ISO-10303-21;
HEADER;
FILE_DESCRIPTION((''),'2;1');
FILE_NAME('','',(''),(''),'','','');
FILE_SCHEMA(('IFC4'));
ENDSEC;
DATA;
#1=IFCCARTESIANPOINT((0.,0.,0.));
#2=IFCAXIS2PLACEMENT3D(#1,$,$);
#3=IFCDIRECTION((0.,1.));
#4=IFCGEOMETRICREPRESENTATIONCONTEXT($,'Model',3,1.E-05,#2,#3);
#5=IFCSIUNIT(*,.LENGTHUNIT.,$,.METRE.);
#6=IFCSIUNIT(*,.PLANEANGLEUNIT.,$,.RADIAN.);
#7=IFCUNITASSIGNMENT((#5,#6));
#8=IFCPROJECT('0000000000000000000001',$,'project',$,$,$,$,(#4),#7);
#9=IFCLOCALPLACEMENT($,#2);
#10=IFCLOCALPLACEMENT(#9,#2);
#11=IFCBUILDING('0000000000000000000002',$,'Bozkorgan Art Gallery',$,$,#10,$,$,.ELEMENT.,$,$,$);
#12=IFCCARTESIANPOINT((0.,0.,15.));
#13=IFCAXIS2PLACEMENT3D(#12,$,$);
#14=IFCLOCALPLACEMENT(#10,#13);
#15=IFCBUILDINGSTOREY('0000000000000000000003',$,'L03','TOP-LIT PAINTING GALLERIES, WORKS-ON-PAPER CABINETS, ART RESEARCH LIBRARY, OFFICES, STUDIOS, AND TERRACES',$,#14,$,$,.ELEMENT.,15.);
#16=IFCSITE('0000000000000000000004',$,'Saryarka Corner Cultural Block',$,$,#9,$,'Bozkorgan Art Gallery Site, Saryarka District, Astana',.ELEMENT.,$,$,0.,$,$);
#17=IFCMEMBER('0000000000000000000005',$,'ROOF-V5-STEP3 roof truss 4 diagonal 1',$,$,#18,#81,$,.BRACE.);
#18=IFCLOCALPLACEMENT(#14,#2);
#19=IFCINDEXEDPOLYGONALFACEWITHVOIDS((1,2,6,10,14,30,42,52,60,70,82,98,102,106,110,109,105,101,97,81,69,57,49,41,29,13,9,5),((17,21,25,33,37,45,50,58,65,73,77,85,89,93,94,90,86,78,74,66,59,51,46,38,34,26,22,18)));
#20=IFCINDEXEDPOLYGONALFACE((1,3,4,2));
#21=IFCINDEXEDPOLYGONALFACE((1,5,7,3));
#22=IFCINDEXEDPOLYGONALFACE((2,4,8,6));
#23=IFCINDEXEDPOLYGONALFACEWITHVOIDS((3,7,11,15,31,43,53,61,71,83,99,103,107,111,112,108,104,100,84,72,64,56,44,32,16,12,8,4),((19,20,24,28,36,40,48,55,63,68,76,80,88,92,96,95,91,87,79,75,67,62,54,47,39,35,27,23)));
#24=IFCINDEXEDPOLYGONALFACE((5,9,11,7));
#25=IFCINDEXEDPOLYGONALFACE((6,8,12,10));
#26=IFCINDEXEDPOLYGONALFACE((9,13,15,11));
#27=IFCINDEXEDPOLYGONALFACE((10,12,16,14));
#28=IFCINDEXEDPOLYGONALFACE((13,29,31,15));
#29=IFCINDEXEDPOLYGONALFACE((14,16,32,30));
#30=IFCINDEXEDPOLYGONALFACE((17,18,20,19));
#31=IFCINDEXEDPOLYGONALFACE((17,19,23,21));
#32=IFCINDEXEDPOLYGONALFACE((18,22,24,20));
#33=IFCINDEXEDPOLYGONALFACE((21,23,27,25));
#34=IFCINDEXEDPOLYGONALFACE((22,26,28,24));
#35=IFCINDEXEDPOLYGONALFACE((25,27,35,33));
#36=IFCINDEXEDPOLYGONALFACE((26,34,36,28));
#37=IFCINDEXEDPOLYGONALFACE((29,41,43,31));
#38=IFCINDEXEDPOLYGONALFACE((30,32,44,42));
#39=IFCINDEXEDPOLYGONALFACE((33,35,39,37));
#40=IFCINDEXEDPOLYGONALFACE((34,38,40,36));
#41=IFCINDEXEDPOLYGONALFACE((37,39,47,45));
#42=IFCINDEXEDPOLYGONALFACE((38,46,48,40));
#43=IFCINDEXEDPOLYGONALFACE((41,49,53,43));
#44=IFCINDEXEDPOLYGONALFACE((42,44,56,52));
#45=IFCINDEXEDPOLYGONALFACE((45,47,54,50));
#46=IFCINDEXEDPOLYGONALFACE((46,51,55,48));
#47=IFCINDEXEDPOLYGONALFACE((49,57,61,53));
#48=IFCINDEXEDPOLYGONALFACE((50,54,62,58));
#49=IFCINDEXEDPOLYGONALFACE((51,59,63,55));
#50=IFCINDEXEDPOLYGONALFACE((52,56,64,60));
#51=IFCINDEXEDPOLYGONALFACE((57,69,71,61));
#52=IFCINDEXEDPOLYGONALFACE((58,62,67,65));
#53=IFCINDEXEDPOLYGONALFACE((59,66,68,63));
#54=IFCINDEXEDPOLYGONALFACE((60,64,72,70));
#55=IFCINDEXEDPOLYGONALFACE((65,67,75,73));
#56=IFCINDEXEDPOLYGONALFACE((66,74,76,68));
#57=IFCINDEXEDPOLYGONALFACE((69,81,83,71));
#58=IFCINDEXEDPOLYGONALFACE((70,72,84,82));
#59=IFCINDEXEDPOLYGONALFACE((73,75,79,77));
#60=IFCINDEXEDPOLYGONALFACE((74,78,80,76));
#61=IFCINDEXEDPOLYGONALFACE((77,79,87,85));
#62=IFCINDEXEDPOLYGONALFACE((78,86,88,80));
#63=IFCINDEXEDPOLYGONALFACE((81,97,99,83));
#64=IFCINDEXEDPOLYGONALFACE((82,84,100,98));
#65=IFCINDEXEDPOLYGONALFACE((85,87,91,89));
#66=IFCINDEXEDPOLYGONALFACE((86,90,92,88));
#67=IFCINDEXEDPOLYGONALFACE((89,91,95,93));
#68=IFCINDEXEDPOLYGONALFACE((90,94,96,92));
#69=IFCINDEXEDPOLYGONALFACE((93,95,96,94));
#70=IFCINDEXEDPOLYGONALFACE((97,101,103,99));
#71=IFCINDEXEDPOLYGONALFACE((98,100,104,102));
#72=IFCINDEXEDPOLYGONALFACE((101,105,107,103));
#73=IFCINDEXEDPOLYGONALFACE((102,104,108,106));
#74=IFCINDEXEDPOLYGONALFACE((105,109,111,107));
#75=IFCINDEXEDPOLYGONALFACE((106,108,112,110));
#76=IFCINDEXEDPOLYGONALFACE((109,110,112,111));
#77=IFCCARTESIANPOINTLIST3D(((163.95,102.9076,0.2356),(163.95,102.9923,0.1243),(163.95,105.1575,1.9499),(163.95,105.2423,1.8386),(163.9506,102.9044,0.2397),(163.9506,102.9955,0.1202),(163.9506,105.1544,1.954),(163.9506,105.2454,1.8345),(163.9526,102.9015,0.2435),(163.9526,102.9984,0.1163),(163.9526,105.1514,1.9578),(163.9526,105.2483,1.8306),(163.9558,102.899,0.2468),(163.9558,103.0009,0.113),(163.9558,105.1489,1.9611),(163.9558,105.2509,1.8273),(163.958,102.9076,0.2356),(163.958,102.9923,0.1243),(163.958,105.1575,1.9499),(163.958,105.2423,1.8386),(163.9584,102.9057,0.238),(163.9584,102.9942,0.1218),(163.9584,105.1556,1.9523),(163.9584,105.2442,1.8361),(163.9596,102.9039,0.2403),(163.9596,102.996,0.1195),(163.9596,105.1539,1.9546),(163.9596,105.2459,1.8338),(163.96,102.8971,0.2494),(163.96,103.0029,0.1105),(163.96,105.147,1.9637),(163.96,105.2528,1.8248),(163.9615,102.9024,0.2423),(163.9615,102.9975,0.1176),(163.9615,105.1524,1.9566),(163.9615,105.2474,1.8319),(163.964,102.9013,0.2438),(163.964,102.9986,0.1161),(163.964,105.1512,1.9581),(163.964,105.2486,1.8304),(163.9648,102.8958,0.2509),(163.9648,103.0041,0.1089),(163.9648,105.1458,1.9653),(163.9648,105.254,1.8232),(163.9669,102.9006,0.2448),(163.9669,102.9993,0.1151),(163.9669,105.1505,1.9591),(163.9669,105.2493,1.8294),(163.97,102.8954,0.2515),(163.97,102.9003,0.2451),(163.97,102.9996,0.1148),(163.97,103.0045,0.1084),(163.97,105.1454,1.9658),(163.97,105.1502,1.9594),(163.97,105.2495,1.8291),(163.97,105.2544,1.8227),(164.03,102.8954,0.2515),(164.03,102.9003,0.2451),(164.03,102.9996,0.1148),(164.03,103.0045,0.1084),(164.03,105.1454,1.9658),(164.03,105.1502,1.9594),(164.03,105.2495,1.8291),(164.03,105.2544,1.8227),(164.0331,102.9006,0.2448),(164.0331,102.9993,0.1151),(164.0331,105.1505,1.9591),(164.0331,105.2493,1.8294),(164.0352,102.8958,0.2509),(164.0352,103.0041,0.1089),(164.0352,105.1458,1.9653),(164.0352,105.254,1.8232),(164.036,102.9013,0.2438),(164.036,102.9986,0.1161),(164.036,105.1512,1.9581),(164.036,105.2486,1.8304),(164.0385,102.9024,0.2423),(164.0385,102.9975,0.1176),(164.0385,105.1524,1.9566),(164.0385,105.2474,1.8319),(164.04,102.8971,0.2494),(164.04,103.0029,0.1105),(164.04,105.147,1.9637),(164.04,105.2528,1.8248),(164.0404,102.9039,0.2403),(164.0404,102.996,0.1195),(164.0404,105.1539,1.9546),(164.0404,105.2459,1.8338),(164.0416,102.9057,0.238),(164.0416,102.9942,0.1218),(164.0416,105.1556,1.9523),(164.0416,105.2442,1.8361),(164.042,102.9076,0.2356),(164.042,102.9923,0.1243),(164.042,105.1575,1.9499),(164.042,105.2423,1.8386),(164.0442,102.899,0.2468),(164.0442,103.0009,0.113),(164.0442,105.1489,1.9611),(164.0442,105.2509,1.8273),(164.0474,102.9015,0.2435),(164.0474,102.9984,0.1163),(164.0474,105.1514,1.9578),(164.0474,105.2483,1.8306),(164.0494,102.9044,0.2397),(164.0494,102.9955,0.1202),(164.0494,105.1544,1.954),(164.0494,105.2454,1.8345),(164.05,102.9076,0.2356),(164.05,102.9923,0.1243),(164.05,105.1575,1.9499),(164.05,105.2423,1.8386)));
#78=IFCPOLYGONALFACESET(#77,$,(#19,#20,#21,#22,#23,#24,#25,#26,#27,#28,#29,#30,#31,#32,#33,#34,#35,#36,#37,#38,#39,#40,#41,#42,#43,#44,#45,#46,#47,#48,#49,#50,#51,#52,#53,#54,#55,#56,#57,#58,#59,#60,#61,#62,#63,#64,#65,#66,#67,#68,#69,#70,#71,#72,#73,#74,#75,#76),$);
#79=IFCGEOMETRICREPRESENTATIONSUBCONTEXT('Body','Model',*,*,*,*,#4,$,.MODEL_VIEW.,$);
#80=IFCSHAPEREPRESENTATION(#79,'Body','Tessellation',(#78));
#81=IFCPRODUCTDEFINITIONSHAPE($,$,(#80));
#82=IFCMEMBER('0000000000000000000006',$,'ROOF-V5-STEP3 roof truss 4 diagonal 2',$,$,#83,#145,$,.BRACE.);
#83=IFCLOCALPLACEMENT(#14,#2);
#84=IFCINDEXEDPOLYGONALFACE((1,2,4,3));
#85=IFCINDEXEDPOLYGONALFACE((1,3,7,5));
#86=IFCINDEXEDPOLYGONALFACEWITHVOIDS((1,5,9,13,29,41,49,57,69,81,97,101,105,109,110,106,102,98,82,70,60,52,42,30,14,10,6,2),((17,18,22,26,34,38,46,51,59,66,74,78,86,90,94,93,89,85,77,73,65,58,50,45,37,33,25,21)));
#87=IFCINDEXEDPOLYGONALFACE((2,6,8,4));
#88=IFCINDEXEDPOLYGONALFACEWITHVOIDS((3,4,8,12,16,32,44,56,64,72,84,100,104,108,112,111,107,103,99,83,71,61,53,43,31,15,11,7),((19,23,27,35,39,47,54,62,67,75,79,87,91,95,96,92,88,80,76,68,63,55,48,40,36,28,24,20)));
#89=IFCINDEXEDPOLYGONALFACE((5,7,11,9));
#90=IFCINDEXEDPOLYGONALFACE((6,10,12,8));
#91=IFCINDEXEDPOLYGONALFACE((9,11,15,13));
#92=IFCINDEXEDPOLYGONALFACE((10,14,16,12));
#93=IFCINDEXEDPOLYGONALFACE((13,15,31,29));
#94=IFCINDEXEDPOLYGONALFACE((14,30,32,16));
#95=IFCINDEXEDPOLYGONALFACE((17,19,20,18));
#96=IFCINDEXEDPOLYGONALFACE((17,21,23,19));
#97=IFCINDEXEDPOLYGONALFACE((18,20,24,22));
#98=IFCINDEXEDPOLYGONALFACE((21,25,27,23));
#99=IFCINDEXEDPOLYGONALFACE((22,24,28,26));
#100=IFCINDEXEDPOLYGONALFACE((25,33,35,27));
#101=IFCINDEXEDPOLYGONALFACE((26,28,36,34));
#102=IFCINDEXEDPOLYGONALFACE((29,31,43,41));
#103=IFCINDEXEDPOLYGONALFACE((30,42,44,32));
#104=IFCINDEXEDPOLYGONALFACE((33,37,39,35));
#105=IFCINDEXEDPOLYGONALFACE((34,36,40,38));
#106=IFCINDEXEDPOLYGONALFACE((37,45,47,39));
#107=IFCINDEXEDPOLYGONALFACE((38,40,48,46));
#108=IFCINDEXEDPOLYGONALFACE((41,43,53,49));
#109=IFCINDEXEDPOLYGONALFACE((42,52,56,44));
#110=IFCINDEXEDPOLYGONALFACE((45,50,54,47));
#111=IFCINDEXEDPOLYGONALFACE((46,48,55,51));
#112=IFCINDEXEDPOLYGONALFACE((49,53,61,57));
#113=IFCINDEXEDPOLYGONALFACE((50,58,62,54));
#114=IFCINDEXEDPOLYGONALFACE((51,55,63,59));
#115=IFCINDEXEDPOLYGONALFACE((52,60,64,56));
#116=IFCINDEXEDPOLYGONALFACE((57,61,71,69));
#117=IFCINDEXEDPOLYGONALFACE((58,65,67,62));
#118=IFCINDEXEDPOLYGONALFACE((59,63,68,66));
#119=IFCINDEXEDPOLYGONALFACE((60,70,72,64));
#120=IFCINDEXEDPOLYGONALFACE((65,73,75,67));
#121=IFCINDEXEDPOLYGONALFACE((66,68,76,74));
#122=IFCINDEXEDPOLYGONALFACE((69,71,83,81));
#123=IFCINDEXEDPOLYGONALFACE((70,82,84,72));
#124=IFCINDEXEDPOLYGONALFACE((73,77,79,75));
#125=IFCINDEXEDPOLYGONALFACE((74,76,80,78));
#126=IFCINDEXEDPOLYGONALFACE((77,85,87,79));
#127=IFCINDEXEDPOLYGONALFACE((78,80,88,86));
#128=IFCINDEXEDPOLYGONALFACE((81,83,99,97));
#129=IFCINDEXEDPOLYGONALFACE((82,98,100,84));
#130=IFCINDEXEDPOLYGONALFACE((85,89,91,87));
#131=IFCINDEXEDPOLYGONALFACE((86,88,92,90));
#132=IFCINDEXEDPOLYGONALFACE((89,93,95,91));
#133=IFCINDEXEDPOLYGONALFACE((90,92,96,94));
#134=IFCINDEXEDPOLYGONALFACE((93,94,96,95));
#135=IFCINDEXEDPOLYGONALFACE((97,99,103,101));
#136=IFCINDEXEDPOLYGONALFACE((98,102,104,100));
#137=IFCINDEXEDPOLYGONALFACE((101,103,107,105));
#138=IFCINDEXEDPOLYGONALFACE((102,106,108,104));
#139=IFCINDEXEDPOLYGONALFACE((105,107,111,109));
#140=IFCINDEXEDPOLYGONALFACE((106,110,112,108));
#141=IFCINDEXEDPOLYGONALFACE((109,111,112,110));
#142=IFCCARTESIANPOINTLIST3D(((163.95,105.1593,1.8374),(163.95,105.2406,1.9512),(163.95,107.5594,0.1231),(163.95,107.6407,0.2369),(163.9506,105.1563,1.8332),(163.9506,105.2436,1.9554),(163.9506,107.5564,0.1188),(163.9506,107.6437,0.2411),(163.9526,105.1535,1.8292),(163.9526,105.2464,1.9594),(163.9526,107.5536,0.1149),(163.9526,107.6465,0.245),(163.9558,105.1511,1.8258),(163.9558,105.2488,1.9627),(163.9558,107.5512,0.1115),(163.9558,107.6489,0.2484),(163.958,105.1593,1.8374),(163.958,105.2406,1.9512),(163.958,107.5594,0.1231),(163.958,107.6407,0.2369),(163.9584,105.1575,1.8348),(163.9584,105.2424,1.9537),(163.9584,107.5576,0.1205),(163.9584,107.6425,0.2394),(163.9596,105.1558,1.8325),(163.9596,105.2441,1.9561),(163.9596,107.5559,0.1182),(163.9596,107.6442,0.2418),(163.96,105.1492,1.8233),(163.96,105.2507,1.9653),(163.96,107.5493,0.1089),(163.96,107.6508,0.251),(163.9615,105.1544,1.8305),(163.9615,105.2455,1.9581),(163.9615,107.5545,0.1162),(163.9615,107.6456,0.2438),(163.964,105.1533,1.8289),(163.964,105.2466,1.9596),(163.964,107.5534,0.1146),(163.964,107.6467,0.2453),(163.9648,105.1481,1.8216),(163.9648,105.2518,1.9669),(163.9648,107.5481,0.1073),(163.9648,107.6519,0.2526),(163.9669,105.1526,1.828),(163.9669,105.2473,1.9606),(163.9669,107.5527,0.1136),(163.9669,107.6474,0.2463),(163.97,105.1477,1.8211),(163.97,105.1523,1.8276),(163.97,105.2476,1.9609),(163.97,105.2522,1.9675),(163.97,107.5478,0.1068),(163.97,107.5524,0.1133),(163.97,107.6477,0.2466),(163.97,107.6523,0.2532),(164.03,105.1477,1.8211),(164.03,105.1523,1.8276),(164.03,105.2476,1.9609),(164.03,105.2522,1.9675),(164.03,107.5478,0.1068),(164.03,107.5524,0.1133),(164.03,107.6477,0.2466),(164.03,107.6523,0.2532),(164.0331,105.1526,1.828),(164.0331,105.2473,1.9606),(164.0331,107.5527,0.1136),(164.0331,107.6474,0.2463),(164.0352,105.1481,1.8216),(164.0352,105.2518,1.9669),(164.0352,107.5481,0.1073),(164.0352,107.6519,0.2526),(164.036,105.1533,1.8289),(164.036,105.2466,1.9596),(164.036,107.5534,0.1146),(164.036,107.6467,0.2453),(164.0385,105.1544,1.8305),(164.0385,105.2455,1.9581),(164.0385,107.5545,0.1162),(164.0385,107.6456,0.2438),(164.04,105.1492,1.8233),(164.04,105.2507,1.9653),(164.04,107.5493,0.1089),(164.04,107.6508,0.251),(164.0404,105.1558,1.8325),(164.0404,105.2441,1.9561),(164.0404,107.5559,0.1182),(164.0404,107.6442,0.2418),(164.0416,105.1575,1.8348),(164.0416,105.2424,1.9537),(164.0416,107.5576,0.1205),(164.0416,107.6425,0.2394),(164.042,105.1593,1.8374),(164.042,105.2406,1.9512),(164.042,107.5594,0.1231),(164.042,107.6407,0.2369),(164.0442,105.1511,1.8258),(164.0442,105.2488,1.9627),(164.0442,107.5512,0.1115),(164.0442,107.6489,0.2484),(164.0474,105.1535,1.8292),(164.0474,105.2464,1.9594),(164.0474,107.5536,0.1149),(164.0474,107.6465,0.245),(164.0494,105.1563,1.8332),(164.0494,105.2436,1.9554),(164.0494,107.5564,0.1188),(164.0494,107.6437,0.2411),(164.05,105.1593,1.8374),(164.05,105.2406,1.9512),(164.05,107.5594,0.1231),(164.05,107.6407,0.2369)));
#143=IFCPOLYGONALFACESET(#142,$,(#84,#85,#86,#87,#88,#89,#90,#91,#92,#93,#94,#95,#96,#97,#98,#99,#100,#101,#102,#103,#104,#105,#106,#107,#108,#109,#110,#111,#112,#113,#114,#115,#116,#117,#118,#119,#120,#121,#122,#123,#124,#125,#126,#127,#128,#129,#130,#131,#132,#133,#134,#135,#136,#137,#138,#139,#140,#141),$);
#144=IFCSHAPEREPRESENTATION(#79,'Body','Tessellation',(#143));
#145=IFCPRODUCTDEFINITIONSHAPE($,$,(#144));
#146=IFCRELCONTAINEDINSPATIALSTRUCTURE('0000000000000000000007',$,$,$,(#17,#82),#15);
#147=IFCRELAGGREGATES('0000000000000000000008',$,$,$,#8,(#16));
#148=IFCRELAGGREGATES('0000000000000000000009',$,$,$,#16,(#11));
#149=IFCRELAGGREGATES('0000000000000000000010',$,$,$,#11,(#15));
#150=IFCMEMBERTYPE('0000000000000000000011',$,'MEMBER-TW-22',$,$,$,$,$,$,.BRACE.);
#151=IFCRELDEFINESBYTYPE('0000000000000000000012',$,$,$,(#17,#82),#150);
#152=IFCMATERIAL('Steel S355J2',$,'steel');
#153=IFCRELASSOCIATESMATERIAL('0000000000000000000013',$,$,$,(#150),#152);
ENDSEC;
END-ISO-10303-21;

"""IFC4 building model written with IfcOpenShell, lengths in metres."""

from ifc_helpers import new_model, si_unit, direction, frame, origin, origin_2d, place, context, subcontext, project, spatial, hollow_rectangle, extrude, material, material_profile, profile_set, type_object, element, save


model = new_model("IFC4")

# Units and contexts
model_context = context("Model", 3, precision=1e-05, world=origin(), true_north=direction((0.0, 1.0)))
body_context = subcontext(model_context, "Body", "Model", "MODEL_VIEW")
ifc_project = project(units=[si_unit("LENGTHUNIT", "METRE"), si_unit("PLANEANGLEUNIT", "RADIAN")], contexts=[model_context])

# Site, building, storey
site_placement = place(None, origin())
site = spatial("IfcSite", under=ifc_project, at=site_placement, Name="Saryarka Corner Cultural Block", LongName="Bozkorgan Art Gallery Site, Saryarka District, Astana", CompositionType="ELEMENT", RefElevation=0.0)
building_placement = place(site_placement, origin())
building = spatial("IfcBuilding", under=site, at=building_placement, Name="Bozkorgan Art Gallery", CompositionType="ELEMENT")
storey_placement = place(building_placement, frame((0.0, 0.0, 15.0)))
storey = spatial("IfcBuildingStorey", under=building, at=storey_placement, Name="L03", Description="TOP-LIT PAINTING GALLERIES, WORKS-ON-PAPER CABINETS, ART RESEARCH LIBRARY, OFFICES, STUDIOS, AND TERRACES", CompositionType="ELEMENT", Elevation=15.0)

# Shared definitions
ifc_material_1 = material(Name="Steel S355J2", Category="steel")

# Members
ifc_material_profile_1 = material_profile(ifc_material_1, hollow_rectangle(XDim=0.1001, YDim=0.1799, WallThickness=0.0081, InnerFilletRadius=0.012, OuterFilletRadius=0.02, at=origin_2d()), Name="RHS 180x100x8")
ifc_profile_set_1 = profile_set([ifc_material_profile_1], Name="Steel S355J2")
member_type_1 = type_object("IfcMemberType", Name="MEMBER-TW-22", PredefinedType="BRACE", material=ifc_profile_set_1)
member_1_placement = place(storey_placement, frame((164.0, 102.95, 0.1799), z_axis=(0.0, 0.79542, 0.606059), x_axis=(-1.0, 0.0, 0.0)))
element("IfcMember", 1, at=member_1_placement, inside=storey, type_object=member_type_1, Name="ROOF-V5-STEP3 roof truss 4 diagonal 1", PredefinedType="BRACE", context=body_context, shape_type="SweptSolid", body=[
    extrude(hollow_rectangle(XDim=0.1001, YDim=0.1799, WallThickness=0.0081, InnerFilletRadius=0.012, OuterFilletRadius=0.02, at=origin_2d()), origin(), (0.0, 0.0, 1.0), 2.8286),
])
member_2_placement = place(storey_placement, frame((164.0, 105.2, 1.8943), z_axis=(0.0, 0.813739, -0.58123), x_axis=(-1.0, 0.0, 0.0)))
element("IfcMember", 2, at=member_2_placement, inside=storey, type_object=member_type_1, Name="ROOF-V5-STEP3 roof truss 4 diagonal 2", PredefinedType="BRACE", context=body_context, shape_type="SweptSolid", body=[
    extrude(hollow_rectangle(XDim=0.1001, YDim=0.1799, WallThickness=0.0081, InnerFilletRadius=0.012, OuterFilletRadius=0.02, at=origin_2d()), origin(), (0.0, 0.0, 1.0), 2.9495),
])

save(model, "model.ifc")
